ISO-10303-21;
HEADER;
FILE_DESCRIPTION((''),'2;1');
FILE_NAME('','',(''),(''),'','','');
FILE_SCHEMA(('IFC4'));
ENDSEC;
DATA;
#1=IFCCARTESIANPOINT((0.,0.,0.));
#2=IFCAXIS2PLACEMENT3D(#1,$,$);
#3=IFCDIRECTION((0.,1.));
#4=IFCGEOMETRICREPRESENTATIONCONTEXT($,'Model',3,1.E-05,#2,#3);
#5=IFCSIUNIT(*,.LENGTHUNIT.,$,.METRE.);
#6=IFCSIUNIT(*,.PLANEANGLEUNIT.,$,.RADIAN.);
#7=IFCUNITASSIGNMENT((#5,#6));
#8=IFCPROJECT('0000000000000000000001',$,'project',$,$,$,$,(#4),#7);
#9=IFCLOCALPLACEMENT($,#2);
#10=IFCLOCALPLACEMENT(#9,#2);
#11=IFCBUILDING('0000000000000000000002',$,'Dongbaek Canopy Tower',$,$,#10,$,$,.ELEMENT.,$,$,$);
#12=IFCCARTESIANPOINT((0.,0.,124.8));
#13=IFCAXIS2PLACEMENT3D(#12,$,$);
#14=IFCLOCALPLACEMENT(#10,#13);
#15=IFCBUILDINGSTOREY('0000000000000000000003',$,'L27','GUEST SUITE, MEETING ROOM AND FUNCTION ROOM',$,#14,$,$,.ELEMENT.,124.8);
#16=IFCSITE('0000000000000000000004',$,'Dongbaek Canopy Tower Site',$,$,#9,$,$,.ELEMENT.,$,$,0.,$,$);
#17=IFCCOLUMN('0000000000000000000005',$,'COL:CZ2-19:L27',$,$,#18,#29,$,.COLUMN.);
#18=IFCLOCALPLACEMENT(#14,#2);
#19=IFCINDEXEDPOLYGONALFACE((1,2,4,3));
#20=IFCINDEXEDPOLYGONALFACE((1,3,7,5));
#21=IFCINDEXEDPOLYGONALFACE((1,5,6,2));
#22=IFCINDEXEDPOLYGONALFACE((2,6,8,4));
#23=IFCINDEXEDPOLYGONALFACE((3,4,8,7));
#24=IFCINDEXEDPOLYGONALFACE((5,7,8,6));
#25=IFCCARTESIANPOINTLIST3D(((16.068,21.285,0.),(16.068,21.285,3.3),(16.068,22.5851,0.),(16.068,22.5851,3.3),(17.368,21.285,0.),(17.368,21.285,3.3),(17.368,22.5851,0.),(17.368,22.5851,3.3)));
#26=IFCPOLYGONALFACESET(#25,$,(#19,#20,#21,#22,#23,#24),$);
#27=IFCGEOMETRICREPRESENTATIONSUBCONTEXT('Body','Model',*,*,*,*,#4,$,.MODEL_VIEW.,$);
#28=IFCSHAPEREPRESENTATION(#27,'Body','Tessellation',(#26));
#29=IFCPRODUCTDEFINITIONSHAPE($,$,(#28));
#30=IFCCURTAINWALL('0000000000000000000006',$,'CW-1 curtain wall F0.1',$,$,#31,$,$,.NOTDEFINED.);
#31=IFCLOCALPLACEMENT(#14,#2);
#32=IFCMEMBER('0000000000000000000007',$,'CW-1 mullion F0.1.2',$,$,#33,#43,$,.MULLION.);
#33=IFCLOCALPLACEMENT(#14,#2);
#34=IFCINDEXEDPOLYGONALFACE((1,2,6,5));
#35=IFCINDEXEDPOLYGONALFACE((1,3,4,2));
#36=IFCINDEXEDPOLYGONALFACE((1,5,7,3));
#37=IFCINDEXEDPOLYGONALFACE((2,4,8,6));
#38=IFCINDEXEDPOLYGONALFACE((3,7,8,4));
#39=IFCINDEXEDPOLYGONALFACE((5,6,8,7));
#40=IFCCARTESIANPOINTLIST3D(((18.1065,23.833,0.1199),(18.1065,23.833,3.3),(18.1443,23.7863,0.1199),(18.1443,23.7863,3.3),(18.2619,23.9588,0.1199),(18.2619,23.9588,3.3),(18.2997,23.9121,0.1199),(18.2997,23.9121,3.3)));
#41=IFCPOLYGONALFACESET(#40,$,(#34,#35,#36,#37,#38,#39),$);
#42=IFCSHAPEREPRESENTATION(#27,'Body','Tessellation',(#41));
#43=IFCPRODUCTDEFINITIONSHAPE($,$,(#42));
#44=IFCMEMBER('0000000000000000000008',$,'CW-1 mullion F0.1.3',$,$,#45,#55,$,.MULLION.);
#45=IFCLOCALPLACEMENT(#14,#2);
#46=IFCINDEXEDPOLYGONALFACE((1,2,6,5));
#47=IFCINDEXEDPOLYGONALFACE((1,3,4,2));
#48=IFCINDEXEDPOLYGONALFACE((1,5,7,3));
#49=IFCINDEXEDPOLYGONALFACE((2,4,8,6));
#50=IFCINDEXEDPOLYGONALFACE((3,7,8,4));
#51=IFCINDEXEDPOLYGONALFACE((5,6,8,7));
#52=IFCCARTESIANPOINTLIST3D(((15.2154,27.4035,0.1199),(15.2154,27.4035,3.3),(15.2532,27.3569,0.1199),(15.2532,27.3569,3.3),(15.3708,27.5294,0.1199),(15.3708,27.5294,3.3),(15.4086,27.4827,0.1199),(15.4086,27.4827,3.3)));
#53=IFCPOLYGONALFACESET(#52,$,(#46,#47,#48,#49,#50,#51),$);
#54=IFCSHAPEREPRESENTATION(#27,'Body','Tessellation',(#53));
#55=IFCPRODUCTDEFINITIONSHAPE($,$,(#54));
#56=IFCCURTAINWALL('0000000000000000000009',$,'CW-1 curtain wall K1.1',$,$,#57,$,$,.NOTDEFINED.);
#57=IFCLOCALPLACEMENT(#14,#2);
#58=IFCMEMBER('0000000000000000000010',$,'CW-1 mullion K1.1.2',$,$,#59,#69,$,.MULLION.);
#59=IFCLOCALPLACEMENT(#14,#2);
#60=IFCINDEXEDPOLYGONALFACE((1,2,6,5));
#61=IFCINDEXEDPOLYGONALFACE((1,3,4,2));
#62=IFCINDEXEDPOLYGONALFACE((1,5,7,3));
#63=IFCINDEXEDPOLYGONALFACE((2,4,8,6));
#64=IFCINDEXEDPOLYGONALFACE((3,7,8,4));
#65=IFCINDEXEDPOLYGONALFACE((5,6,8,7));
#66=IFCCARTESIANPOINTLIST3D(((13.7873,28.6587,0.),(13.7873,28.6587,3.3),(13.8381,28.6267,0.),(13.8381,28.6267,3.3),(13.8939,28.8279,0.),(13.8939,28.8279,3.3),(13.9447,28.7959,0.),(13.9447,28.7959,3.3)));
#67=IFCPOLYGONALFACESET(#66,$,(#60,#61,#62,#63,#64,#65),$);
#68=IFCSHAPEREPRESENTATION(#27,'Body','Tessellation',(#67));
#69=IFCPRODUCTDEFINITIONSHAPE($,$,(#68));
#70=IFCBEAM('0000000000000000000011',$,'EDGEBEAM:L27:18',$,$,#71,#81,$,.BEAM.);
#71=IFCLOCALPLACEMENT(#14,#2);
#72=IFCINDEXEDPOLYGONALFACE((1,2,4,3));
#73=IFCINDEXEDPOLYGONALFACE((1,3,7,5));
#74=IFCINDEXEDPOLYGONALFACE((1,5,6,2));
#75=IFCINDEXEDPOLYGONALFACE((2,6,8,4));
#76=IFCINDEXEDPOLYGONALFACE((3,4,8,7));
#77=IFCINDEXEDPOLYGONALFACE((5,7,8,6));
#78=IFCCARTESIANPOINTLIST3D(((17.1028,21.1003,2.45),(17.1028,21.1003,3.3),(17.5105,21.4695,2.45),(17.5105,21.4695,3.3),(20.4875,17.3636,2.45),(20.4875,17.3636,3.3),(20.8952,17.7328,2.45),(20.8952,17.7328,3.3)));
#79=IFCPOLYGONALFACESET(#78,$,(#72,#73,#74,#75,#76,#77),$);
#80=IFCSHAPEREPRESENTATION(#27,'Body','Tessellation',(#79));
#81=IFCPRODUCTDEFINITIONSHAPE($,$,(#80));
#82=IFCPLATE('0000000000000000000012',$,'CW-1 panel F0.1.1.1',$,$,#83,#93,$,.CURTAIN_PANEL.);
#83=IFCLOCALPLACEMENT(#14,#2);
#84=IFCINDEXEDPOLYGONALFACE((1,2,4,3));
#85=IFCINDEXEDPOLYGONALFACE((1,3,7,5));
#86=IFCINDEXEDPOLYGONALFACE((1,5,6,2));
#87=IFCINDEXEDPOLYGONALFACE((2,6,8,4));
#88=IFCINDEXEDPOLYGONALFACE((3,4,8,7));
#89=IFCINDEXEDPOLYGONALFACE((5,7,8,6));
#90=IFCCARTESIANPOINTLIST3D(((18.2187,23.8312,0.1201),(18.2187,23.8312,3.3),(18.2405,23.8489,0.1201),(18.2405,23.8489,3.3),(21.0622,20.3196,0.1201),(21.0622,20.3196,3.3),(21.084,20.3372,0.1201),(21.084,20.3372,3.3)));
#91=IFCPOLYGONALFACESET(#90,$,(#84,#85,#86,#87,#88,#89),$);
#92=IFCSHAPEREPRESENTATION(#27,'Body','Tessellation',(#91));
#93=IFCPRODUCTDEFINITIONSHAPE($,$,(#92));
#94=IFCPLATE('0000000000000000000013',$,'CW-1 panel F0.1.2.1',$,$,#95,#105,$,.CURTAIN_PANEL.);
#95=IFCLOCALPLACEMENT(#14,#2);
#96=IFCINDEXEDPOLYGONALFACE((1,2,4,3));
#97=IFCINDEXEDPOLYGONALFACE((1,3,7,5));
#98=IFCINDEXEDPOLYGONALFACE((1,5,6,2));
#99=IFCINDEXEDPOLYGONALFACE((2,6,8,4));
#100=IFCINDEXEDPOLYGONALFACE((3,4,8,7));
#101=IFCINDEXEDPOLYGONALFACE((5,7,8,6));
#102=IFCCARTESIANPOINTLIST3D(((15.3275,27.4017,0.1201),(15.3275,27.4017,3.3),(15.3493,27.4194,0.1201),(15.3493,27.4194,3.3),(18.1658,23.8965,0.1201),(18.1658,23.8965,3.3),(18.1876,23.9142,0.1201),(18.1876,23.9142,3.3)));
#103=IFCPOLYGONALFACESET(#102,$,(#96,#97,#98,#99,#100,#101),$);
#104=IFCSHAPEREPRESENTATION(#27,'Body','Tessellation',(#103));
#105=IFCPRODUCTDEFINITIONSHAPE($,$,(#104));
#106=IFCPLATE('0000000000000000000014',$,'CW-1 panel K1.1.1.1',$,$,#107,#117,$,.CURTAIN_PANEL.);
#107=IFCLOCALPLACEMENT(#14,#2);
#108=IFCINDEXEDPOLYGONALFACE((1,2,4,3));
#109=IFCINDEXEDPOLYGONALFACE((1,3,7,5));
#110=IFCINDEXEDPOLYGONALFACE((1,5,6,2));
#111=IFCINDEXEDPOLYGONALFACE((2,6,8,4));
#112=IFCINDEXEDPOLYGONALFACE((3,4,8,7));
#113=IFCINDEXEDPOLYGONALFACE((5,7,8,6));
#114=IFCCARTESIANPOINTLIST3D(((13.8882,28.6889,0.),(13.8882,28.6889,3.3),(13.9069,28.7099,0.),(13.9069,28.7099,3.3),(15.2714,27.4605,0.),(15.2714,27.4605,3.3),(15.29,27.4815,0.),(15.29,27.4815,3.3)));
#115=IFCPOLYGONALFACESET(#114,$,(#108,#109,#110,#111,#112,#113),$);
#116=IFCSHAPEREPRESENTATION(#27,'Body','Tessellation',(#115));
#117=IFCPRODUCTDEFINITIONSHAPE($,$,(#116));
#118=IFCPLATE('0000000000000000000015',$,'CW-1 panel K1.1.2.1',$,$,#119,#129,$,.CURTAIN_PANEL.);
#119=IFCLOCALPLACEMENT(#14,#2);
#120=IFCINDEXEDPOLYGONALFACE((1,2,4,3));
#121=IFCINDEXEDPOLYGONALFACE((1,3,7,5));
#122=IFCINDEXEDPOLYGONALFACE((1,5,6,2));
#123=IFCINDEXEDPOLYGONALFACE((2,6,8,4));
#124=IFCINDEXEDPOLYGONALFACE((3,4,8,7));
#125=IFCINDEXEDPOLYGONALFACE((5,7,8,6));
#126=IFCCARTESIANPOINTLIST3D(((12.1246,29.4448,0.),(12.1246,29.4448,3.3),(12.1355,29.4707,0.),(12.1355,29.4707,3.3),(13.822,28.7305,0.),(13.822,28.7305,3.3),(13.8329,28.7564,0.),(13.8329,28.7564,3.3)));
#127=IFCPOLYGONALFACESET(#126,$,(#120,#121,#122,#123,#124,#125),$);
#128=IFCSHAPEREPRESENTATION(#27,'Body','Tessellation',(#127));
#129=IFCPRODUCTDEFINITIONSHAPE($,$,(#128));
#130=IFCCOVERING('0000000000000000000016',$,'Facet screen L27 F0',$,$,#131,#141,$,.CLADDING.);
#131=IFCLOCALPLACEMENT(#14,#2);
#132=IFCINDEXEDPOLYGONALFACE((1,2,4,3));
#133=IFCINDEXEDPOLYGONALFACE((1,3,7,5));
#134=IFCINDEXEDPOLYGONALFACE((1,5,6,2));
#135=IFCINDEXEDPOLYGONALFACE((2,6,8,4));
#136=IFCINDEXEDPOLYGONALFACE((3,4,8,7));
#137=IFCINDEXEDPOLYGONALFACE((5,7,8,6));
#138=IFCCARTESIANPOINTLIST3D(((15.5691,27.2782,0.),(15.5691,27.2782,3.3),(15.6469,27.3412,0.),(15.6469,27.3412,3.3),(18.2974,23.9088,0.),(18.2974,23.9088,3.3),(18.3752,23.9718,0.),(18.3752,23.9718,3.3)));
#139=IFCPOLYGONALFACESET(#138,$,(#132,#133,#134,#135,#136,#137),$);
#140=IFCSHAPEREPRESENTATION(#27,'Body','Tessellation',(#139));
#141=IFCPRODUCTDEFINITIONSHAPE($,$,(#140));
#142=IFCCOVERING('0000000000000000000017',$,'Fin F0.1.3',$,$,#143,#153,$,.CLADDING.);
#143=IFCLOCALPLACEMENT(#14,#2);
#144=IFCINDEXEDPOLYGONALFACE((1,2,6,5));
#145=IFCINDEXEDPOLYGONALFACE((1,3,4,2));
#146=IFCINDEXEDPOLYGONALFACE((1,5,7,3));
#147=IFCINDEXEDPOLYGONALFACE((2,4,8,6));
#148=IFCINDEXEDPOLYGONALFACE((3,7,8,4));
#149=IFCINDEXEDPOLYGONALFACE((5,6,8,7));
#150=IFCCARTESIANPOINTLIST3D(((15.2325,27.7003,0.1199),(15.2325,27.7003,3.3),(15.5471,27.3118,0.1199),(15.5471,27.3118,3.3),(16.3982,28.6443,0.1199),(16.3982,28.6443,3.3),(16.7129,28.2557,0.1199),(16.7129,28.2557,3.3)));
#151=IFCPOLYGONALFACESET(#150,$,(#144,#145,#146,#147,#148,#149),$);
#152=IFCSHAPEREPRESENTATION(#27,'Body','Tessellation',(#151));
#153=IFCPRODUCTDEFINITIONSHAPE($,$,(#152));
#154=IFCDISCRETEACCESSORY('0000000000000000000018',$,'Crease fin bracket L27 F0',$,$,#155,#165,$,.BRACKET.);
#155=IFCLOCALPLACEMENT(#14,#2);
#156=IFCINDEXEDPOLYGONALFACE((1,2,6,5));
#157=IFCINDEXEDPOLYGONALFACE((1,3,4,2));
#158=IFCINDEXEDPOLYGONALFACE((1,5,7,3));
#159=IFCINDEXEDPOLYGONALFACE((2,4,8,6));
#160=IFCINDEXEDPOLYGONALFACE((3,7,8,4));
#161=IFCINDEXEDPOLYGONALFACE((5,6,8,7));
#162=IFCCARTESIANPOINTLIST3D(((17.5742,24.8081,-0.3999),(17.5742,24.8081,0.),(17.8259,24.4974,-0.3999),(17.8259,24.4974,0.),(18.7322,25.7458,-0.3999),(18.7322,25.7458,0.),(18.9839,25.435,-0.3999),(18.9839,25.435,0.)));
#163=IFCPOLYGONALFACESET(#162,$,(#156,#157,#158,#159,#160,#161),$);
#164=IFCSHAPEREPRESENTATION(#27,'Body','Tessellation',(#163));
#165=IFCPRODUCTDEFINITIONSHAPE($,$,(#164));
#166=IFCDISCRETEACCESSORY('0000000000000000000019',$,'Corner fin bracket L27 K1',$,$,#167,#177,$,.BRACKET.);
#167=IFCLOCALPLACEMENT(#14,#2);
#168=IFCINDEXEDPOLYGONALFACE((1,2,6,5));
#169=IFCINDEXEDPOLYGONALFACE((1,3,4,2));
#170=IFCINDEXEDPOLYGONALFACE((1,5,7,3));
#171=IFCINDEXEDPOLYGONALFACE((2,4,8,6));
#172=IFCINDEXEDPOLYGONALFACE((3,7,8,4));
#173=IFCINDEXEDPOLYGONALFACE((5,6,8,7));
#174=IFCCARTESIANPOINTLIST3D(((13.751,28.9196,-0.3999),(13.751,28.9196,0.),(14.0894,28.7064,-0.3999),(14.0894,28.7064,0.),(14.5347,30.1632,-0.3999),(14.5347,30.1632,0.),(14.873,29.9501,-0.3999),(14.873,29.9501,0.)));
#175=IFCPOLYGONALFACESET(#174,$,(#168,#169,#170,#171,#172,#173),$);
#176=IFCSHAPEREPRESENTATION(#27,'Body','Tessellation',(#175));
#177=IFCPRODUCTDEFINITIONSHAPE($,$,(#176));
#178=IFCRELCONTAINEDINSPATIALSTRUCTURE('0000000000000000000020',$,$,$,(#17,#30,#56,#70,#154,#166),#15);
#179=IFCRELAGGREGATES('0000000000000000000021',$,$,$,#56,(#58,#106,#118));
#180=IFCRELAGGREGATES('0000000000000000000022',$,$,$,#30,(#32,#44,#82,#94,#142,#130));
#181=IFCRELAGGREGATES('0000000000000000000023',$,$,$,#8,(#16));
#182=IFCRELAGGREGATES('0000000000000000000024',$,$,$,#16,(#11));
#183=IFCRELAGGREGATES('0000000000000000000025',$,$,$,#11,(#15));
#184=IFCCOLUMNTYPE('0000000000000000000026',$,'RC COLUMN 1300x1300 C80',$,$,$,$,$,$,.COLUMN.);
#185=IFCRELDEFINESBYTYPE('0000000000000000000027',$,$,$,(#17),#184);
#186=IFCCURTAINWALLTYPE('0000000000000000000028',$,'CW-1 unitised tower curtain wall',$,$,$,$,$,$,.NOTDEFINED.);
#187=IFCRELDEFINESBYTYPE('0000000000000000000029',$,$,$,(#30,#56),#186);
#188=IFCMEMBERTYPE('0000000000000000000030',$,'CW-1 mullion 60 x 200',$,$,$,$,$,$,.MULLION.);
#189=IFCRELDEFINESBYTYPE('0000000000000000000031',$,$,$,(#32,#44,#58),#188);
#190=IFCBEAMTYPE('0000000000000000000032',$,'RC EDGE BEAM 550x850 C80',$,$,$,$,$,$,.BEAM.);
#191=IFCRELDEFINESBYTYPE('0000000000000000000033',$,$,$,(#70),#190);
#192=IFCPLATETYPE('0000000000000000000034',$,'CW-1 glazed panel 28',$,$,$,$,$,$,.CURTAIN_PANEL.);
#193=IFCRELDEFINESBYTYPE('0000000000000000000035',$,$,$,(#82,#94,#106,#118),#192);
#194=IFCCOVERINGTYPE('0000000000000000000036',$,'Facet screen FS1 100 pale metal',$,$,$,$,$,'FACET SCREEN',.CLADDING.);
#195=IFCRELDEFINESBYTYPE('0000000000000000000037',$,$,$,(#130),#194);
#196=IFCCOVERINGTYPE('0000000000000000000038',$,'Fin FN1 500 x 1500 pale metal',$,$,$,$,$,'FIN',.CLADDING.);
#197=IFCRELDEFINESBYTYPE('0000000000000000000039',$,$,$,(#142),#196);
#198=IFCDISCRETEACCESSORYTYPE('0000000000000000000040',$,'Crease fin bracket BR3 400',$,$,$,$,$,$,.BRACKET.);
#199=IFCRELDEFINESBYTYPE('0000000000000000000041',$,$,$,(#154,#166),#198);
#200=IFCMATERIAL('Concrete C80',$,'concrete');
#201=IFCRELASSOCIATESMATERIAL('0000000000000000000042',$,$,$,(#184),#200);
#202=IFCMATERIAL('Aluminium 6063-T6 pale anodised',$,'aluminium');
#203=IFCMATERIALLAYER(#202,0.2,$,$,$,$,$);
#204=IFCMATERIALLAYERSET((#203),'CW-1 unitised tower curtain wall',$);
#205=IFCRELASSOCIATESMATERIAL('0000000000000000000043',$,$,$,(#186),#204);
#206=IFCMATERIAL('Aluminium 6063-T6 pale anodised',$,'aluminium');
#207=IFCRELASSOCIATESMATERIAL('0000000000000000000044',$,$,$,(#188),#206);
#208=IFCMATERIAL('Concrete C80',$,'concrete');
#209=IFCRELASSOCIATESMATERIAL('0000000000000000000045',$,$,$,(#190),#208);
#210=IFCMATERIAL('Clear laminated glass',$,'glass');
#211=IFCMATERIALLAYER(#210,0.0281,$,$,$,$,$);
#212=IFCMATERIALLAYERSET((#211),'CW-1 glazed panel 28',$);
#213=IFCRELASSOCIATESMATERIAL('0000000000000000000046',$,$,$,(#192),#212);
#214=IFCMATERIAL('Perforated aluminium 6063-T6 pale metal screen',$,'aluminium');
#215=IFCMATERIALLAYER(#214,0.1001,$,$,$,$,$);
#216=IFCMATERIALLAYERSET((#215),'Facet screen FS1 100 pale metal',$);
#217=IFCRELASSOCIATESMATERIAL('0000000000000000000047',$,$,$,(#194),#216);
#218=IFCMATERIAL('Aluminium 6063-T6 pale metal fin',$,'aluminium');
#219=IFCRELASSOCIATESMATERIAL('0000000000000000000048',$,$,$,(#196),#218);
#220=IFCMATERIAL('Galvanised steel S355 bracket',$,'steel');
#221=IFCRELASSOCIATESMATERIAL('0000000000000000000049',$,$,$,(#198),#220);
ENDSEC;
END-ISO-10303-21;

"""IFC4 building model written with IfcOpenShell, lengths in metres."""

from ifc_helpers import new_model, si_unit, direction, frame, origin, origin_2d, place, context, subcontext, project, spatial, rectangle, extrude, material, layer, layer_set, material_profile, profile_set, type_object, element, aggregate, save


model = new_model("IFC4")

# Units and contexts
model_context = context("Model", 3, precision=1e-05, world=origin(), true_north=direction((0.0, 1.0)))
body_context = subcontext(model_context, "Body", "Model", "MODEL_VIEW")
ifc_project = project(units=[si_unit("LENGTHUNIT", "METRE"), si_unit("PLANEANGLEUNIT", "RADIAN")], contexts=[model_context])

# Site, building, storey
site_placement = place(None, origin())
site = spatial("IfcSite", under=ifc_project, at=site_placement, Name="Dongbaek Canopy Tower Site", CompositionType="ELEMENT", RefElevation=0.0)
building_placement = place(site_placement, origin())
building = spatial("IfcBuilding", under=site, at=building_placement, Name="Dongbaek Canopy Tower", CompositionType="ELEMENT")
storey_placement = place(building_placement, frame((0.0, 0.0, 124.8)))
storey = spatial("IfcBuildingStorey", under=building, at=storey_placement, Name="L27", Description="GUEST SUITE, MEETING ROOM AND FUNCTION ROOM", CompositionType="ELEMENT", Elevation=124.8)

# Column
ifc_material_1 = material(Name="Concrete C80", Category="concrete")
ifc_material_profile_1 = material_profile(ifc_material_1, rectangle(XDim=1.3, YDim=1.3, at=origin_2d()), Name="RC COLUMN 1300x1300 C80")
ifc_profile_set_1 = profile_set([ifc_material_profile_1], Name="Concrete C80")
column_type = type_object("IfcColumnType", Name="RC COLUMN 1300x1300 C80", PredefinedType="COLUMN", material=ifc_profile_set_1)
column_placement = place(storey_placement, frame((16.718, 21.9351, 0.0), z_axis=(0.0, 0.0, 1.0), x_axis=(1.0, 0.0, 0.0)))
element("IfcColumn", 1, at=column_placement, inside=storey, type_object=column_type, Name="COL:CZ2-19:L27", PredefinedType="COLUMN", context=body_context, shape_type="SweptSolid", body=[
    extrude(rectangle(XDim=1.3, YDim=1.3, at=origin_2d()), origin(), (0.0, 0.0, 1.0), 3.3),
])

# Curtain wall, members
ifc_material_2 = material(Name="Aluminium 6063-T6 pale anodised", Category="aluminium")
ifc_layer_1 = layer(ifc_material_2, 0.2)
ifc_layer_set_1 = layer_set([ifc_layer_1], Name="CW-1 unitised tower curtain wall")
curtain_wall_type = type_object("IfcCurtainWallType", Name="CW-1 unitised tower curtain wall", PredefinedType="NOTDEFINED", material=ifc_layer_set_1)
curtain_wall_1_placement = place(storey_placement, origin())
curtain_wall_1 = element("IfcCurtainWall", 2, at=curtain_wall_1_placement, inside=storey, type_object=curtain_wall_type, Name="CW-1 curtain wall F0.1", PredefinedType="NOTDEFINED")
ifc_material_3 = material(Name="Aluminium 6063-T6 pale anodised", Category="aluminium")
ifc_material_profile_2 = material_profile(ifc_material_3, rectangle(XDim=0.2, YDim=0.0601, at=origin_2d()), Name="CW-1 mullion 60 x 200")
ifc_profile_set_2 = profile_set([ifc_material_profile_2], Name="Aluminium 6063-T6 pale anodised")
member_type = type_object("IfcMemberType", Name="CW-1 mullion 60 x 200", PredefinedType="MULLION", material=ifc_profile_set_2)
member_1_placement = place(storey_placement, frame((18.2031, 23.8726, 0.1199), z_axis=(0.0, 0.0, 1.0), x_axis=(0.777161, 0.629302, 0.0)))
member_1 = element("IfcMember", 3, at=member_1_placement, type_object=member_type, Name="CW-1 mullion F0.1.2", PredefinedType="MULLION", context=body_context, shape_type="SweptSolid", body=[
    extrude(rectangle(XDim=0.2, YDim=0.0601, at=origin_2d()), origin(), (0.0, 0.0, 1.0), 3.1802),
])
member_2_placement = place(storey_placement, frame((15.312, 27.4431, 0.1199), z_axis=(0.0, 0.0, 1.0), x_axis=(0.777161, 0.629302, 0.0)))
member_2 = element("IfcMember", 4, at=member_2_placement, type_object=member_type, Name="CW-1 mullion F0.1.3", PredefinedType="MULLION", context=body_context, shape_type="SweptSolid", body=[
    extrude(rectangle(XDim=0.2, YDim=0.0601, at=origin_2d()), origin(), (0.0, 0.0, 1.0), 3.1802),
])

# Curtain wall, member
curtain_wall_2_placement = place(storey_placement, origin())
curtain_wall_2 = element("IfcCurtainWall", 5, at=curtain_wall_2_placement, inside=storey, type_object=curtain_wall_type, Name="CW-1 curtain wall K1.1", PredefinedType="NOTDEFINED")
member_3_placement = place(storey_placement, frame((13.866, 28.7273, 0.0), z_axis=(0.0, 0.0, 1.0), x_axis=(0.533091, 0.846058, 0.0)))
member_3 = element("IfcMember", 6, at=member_3_placement, type_object=member_type, Name="CW-1 mullion K1.1.2", PredefinedType="MULLION", context=body_context, shape_type="SweptSolid", body=[
    extrude(rectangle(XDim=0.2, YDim=0.0601, at=origin_2d()), origin(), (0.0, 0.0, 1.0), 3.3),
])

# Beam
ifc_material_4 = material(Name="Concrete C80", Category="concrete")
ifc_material_profile_3 = material_profile(ifc_material_4, rectangle(XDim=0.55, YDim=0.8501, at=origin_2d()), Name="RC EDGE BEAM 550x850 C80")
ifc_profile_set_3 = profile_set([ifc_material_profile_3], Name="Concrete C80")
beam_type = type_object("IfcBeamType", Name="RC EDGE BEAM 550x850 C80", PredefinedType="BEAM", material=ifc_profile_set_3)
beam_placement = place(storey_placement, frame((17.3066, 21.2849, 2.875), z_axis=(0.671332, -0.741157, 0.0), x_axis=(0.741157, 0.671332, 0.0)))
element("IfcBeam", 7, at=beam_placement, inside=storey, type_object=beam_type, Name="EDGEBEAM:L27:18", PredefinedType="BEAM", context=body_context, shape_type="SweptSolid", body=[
    extrude(rectangle(XDim=0.55, YDim=0.8501, at=origin_2d()), origin(), (0.0, 0.0, 1.0), 5.0417),
])

# Plates
ifc_material_5 = material(Name="Clear laminated glass", Category="glass")
ifc_layer_2 = layer(ifc_material_5, 0.0281)
ifc_layer_set_2 = layer_set([ifc_layer_2], Name="CW-1 glazed panel 28")
plate_type = type_object("IfcPlateType", Name="CW-1 glazed panel 28", PredefinedType="CURTAIN_PANEL", material=ifc_layer_set_2)
plate_1_placement = place(storey_placement, frame((19.6514, 22.0842, 0.1201), z_axis=(0.0, 0.0, 1.0), x_axis=(-0.629302, 0.777161, 0.0)))
plate_1 = element("IfcPlate", 8, at=plate_1_placement, type_object=plate_type, Name="CW-1 panel F0.1.1.1", PredefinedType="CURTAIN_PANEL", context=body_context, shape_type="SweptSolid", body=[
    extrude(rectangle(XDim=4.5186, YDim=0.0281, at=origin_2d()), origin(), (0.0, 0.0, 1.0), 3.1799),
])
plate_2_placement = place(storey_placement, frame((16.7576, 25.658, 0.1201), z_axis=(0.0, 0.0, 1.0), x_axis=(-0.629302, 0.777161, 0.0)))
plate_2 = element("IfcPlate", 9, at=plate_2_placement, type_object=plate_type, Name="CW-1 panel F0.1.2.1", PredefinedType="CURTAIN_PANEL", context=body_context, shape_type="SweptSolid", body=[
    extrude(rectangle(XDim=4.5103, YDim=0.0281, at=origin_2d()), origin(), (0.0, 0.0, 1.0), 3.1799),
])
plate_3_placement = place(storey_placement, frame((14.5891, 28.0852, 0.0), z_axis=(0.0, 0.0, 1.0), x_axis=(-0.747706, 0.66403, 0.0)))
plate_3 = element("IfcPlate", 10, at=plate_3_placement, type_object=plate_type, Name="CW-1 panel K1.1.1.1", PredefinedType="CURTAIN_PANEL", context=body_context, shape_type="SweptSolid", body=[
    extrude(rectangle(XDim=1.8499, YDim=0.0281, at=origin_2d()), origin(), (0.0, 0.0, 1.0), 3.3),
])
plate_4_placement = place(storey_placement, frame((12.9788, 29.1006, 0.0), z_axis=(0.0, 0.0, 1.0), x_axis=(-0.92172, 0.387856, 0.0)))
plate_4 = element("IfcPlate", 11, at=plate_4_placement, type_object=plate_type, Name="CW-1 panel K1.1.2.1", PredefinedType="CURTAIN_PANEL", context=body_context, shape_type="SweptSolid", body=[
    extrude(rectangle(XDim=1.8416, YDim=0.0281, at=origin_2d()), origin(), (0.0, 0.0, 1.0), 3.3),
])
aggregate(curtain_wall_2, [member_3, plate_3, plate_4])

# Coverings
ifc_material_6 = material(Name="Perforated aluminium 6063-T6 pale metal screen", Category="aluminium")
ifc_layer_3 = layer(ifc_material_6, 0.1001)
ifc_layer_set_3 = layer_set([ifc_layer_3], Name="Facet screen FS1 100 pale metal")
covering_type_1 = type_object("IfcCoveringType", Name="Facet screen FS1 100 pale metal", ElementType="FACET SCREEN", PredefinedType="CLADDING", material=ifc_layer_set_3)
covering_1_placement = place(storey_placement, frame((16.9722, 25.625, 0.0), z_axis=(0.0, 0.0, 1.0), x_axis=(-0.629301, 0.777161, 0.0)))
covering_1 = element("IfcCovering", 12, at=covering_1_placement, type_object=covering_type_1, Name="Facet screen L27 F0", PredefinedType="CLADDING", context=body_context, shape_type="SweptSolid", body=[
    extrude(rectangle(XDim=4.3354, YDim=0.1001, at=origin_2d()), origin(), (0.0, 0.0, 1.0), 3.3),
])
ifc_material_7 = material(Name="Aluminium 6063-T6 pale metal fin", Category="aluminium")
ifc_material_profile_4 = material_profile(ifc_material_7, rectangle(XDim=1.5, YDim=0.5, at=origin_2d()), Name="Fin FN1 500 x 1500 pale metal")
ifc_profile_set_4 = profile_set([ifc_material_profile_4], Name="Aluminium 6063-T6 pale metal fin")
covering_type_2 = type_object("IfcCoveringType", Name="Fin FN1 500 x 1500 pale metal", ElementType="FIN", PredefinedType="CLADDING", material=ifc_profile_set_4)
covering_2_placement = place(storey_placement, frame((15.9727, 27.978, 0.1199), z_axis=(0.0, 0.0, 1.0), x_axis=(0.777161, 0.629302, 0.0)))
covering_2 = element("IfcCovering", 13, at=covering_2_placement, type_object=covering_type_2, Name="Fin F0.1.3", PredefinedType="CLADDING", context=body_context, shape_type="SweptSolid", body=[
    extrude(rectangle(XDim=1.5, YDim=0.5, at=origin_2d()), origin(), (0.0, 0.0, 1.0), 3.1802),
])
aggregate(curtain_wall_1, [member_1, member_2, plate_1, plate_2, covering_2, covering_1])

# Discrete accessories
ifc_material_8 = material(Name="Galvanised steel S355 bracket", Category="steel")
discrete_accessory_type = type_object("IfcDiscreteAccessoryType", Name="Crease fin bracket BR3 400", PredefinedType="BRACKET", material=ifc_material_8)
discrete_accessory_1_placement = place(storey_placement, frame((18.2791, 25.1216, -0.3999), z_axis=(0.0, 0.0, 1.0), x_axis=(0.777161, 0.629301, 0.0)))
element("IfcDiscreteAccessory", 14, at=discrete_accessory_1_placement, inside=storey, type_object=discrete_accessory_type, Name="Crease fin bracket L27 F0", PredefinedType="BRACKET", context=body_context, shape_type="SweptSolid", body=[
    extrude(rectangle(XDim=1.49, YDim=0.3999, at=origin_2d()), origin(), (0.0, 0.0, 1.0), 0.3999),
])
discrete_accessory_2_placement = place(storey_placement, frame((14.312, 29.4348, -0.3999), z_axis=(0.0, 0.0, 1.0), x_axis=(0.53309, 0.846058, 0.0)))
element("IfcDiscreteAccessory", 15, at=discrete_accessory_2_placement, inside=storey, type_object=discrete_accessory_type, Name="Corner fin bracket L27 K1", PredefinedType="BRACKET", context=body_context, shape_type="SweptSolid", body=[
    extrude(rectangle(XDim=1.47, YDim=0.3999, at=origin_2d()), origin(), (0.0, 0.0, 1.0), 0.3999),
])

save(model, "model.ifc")
